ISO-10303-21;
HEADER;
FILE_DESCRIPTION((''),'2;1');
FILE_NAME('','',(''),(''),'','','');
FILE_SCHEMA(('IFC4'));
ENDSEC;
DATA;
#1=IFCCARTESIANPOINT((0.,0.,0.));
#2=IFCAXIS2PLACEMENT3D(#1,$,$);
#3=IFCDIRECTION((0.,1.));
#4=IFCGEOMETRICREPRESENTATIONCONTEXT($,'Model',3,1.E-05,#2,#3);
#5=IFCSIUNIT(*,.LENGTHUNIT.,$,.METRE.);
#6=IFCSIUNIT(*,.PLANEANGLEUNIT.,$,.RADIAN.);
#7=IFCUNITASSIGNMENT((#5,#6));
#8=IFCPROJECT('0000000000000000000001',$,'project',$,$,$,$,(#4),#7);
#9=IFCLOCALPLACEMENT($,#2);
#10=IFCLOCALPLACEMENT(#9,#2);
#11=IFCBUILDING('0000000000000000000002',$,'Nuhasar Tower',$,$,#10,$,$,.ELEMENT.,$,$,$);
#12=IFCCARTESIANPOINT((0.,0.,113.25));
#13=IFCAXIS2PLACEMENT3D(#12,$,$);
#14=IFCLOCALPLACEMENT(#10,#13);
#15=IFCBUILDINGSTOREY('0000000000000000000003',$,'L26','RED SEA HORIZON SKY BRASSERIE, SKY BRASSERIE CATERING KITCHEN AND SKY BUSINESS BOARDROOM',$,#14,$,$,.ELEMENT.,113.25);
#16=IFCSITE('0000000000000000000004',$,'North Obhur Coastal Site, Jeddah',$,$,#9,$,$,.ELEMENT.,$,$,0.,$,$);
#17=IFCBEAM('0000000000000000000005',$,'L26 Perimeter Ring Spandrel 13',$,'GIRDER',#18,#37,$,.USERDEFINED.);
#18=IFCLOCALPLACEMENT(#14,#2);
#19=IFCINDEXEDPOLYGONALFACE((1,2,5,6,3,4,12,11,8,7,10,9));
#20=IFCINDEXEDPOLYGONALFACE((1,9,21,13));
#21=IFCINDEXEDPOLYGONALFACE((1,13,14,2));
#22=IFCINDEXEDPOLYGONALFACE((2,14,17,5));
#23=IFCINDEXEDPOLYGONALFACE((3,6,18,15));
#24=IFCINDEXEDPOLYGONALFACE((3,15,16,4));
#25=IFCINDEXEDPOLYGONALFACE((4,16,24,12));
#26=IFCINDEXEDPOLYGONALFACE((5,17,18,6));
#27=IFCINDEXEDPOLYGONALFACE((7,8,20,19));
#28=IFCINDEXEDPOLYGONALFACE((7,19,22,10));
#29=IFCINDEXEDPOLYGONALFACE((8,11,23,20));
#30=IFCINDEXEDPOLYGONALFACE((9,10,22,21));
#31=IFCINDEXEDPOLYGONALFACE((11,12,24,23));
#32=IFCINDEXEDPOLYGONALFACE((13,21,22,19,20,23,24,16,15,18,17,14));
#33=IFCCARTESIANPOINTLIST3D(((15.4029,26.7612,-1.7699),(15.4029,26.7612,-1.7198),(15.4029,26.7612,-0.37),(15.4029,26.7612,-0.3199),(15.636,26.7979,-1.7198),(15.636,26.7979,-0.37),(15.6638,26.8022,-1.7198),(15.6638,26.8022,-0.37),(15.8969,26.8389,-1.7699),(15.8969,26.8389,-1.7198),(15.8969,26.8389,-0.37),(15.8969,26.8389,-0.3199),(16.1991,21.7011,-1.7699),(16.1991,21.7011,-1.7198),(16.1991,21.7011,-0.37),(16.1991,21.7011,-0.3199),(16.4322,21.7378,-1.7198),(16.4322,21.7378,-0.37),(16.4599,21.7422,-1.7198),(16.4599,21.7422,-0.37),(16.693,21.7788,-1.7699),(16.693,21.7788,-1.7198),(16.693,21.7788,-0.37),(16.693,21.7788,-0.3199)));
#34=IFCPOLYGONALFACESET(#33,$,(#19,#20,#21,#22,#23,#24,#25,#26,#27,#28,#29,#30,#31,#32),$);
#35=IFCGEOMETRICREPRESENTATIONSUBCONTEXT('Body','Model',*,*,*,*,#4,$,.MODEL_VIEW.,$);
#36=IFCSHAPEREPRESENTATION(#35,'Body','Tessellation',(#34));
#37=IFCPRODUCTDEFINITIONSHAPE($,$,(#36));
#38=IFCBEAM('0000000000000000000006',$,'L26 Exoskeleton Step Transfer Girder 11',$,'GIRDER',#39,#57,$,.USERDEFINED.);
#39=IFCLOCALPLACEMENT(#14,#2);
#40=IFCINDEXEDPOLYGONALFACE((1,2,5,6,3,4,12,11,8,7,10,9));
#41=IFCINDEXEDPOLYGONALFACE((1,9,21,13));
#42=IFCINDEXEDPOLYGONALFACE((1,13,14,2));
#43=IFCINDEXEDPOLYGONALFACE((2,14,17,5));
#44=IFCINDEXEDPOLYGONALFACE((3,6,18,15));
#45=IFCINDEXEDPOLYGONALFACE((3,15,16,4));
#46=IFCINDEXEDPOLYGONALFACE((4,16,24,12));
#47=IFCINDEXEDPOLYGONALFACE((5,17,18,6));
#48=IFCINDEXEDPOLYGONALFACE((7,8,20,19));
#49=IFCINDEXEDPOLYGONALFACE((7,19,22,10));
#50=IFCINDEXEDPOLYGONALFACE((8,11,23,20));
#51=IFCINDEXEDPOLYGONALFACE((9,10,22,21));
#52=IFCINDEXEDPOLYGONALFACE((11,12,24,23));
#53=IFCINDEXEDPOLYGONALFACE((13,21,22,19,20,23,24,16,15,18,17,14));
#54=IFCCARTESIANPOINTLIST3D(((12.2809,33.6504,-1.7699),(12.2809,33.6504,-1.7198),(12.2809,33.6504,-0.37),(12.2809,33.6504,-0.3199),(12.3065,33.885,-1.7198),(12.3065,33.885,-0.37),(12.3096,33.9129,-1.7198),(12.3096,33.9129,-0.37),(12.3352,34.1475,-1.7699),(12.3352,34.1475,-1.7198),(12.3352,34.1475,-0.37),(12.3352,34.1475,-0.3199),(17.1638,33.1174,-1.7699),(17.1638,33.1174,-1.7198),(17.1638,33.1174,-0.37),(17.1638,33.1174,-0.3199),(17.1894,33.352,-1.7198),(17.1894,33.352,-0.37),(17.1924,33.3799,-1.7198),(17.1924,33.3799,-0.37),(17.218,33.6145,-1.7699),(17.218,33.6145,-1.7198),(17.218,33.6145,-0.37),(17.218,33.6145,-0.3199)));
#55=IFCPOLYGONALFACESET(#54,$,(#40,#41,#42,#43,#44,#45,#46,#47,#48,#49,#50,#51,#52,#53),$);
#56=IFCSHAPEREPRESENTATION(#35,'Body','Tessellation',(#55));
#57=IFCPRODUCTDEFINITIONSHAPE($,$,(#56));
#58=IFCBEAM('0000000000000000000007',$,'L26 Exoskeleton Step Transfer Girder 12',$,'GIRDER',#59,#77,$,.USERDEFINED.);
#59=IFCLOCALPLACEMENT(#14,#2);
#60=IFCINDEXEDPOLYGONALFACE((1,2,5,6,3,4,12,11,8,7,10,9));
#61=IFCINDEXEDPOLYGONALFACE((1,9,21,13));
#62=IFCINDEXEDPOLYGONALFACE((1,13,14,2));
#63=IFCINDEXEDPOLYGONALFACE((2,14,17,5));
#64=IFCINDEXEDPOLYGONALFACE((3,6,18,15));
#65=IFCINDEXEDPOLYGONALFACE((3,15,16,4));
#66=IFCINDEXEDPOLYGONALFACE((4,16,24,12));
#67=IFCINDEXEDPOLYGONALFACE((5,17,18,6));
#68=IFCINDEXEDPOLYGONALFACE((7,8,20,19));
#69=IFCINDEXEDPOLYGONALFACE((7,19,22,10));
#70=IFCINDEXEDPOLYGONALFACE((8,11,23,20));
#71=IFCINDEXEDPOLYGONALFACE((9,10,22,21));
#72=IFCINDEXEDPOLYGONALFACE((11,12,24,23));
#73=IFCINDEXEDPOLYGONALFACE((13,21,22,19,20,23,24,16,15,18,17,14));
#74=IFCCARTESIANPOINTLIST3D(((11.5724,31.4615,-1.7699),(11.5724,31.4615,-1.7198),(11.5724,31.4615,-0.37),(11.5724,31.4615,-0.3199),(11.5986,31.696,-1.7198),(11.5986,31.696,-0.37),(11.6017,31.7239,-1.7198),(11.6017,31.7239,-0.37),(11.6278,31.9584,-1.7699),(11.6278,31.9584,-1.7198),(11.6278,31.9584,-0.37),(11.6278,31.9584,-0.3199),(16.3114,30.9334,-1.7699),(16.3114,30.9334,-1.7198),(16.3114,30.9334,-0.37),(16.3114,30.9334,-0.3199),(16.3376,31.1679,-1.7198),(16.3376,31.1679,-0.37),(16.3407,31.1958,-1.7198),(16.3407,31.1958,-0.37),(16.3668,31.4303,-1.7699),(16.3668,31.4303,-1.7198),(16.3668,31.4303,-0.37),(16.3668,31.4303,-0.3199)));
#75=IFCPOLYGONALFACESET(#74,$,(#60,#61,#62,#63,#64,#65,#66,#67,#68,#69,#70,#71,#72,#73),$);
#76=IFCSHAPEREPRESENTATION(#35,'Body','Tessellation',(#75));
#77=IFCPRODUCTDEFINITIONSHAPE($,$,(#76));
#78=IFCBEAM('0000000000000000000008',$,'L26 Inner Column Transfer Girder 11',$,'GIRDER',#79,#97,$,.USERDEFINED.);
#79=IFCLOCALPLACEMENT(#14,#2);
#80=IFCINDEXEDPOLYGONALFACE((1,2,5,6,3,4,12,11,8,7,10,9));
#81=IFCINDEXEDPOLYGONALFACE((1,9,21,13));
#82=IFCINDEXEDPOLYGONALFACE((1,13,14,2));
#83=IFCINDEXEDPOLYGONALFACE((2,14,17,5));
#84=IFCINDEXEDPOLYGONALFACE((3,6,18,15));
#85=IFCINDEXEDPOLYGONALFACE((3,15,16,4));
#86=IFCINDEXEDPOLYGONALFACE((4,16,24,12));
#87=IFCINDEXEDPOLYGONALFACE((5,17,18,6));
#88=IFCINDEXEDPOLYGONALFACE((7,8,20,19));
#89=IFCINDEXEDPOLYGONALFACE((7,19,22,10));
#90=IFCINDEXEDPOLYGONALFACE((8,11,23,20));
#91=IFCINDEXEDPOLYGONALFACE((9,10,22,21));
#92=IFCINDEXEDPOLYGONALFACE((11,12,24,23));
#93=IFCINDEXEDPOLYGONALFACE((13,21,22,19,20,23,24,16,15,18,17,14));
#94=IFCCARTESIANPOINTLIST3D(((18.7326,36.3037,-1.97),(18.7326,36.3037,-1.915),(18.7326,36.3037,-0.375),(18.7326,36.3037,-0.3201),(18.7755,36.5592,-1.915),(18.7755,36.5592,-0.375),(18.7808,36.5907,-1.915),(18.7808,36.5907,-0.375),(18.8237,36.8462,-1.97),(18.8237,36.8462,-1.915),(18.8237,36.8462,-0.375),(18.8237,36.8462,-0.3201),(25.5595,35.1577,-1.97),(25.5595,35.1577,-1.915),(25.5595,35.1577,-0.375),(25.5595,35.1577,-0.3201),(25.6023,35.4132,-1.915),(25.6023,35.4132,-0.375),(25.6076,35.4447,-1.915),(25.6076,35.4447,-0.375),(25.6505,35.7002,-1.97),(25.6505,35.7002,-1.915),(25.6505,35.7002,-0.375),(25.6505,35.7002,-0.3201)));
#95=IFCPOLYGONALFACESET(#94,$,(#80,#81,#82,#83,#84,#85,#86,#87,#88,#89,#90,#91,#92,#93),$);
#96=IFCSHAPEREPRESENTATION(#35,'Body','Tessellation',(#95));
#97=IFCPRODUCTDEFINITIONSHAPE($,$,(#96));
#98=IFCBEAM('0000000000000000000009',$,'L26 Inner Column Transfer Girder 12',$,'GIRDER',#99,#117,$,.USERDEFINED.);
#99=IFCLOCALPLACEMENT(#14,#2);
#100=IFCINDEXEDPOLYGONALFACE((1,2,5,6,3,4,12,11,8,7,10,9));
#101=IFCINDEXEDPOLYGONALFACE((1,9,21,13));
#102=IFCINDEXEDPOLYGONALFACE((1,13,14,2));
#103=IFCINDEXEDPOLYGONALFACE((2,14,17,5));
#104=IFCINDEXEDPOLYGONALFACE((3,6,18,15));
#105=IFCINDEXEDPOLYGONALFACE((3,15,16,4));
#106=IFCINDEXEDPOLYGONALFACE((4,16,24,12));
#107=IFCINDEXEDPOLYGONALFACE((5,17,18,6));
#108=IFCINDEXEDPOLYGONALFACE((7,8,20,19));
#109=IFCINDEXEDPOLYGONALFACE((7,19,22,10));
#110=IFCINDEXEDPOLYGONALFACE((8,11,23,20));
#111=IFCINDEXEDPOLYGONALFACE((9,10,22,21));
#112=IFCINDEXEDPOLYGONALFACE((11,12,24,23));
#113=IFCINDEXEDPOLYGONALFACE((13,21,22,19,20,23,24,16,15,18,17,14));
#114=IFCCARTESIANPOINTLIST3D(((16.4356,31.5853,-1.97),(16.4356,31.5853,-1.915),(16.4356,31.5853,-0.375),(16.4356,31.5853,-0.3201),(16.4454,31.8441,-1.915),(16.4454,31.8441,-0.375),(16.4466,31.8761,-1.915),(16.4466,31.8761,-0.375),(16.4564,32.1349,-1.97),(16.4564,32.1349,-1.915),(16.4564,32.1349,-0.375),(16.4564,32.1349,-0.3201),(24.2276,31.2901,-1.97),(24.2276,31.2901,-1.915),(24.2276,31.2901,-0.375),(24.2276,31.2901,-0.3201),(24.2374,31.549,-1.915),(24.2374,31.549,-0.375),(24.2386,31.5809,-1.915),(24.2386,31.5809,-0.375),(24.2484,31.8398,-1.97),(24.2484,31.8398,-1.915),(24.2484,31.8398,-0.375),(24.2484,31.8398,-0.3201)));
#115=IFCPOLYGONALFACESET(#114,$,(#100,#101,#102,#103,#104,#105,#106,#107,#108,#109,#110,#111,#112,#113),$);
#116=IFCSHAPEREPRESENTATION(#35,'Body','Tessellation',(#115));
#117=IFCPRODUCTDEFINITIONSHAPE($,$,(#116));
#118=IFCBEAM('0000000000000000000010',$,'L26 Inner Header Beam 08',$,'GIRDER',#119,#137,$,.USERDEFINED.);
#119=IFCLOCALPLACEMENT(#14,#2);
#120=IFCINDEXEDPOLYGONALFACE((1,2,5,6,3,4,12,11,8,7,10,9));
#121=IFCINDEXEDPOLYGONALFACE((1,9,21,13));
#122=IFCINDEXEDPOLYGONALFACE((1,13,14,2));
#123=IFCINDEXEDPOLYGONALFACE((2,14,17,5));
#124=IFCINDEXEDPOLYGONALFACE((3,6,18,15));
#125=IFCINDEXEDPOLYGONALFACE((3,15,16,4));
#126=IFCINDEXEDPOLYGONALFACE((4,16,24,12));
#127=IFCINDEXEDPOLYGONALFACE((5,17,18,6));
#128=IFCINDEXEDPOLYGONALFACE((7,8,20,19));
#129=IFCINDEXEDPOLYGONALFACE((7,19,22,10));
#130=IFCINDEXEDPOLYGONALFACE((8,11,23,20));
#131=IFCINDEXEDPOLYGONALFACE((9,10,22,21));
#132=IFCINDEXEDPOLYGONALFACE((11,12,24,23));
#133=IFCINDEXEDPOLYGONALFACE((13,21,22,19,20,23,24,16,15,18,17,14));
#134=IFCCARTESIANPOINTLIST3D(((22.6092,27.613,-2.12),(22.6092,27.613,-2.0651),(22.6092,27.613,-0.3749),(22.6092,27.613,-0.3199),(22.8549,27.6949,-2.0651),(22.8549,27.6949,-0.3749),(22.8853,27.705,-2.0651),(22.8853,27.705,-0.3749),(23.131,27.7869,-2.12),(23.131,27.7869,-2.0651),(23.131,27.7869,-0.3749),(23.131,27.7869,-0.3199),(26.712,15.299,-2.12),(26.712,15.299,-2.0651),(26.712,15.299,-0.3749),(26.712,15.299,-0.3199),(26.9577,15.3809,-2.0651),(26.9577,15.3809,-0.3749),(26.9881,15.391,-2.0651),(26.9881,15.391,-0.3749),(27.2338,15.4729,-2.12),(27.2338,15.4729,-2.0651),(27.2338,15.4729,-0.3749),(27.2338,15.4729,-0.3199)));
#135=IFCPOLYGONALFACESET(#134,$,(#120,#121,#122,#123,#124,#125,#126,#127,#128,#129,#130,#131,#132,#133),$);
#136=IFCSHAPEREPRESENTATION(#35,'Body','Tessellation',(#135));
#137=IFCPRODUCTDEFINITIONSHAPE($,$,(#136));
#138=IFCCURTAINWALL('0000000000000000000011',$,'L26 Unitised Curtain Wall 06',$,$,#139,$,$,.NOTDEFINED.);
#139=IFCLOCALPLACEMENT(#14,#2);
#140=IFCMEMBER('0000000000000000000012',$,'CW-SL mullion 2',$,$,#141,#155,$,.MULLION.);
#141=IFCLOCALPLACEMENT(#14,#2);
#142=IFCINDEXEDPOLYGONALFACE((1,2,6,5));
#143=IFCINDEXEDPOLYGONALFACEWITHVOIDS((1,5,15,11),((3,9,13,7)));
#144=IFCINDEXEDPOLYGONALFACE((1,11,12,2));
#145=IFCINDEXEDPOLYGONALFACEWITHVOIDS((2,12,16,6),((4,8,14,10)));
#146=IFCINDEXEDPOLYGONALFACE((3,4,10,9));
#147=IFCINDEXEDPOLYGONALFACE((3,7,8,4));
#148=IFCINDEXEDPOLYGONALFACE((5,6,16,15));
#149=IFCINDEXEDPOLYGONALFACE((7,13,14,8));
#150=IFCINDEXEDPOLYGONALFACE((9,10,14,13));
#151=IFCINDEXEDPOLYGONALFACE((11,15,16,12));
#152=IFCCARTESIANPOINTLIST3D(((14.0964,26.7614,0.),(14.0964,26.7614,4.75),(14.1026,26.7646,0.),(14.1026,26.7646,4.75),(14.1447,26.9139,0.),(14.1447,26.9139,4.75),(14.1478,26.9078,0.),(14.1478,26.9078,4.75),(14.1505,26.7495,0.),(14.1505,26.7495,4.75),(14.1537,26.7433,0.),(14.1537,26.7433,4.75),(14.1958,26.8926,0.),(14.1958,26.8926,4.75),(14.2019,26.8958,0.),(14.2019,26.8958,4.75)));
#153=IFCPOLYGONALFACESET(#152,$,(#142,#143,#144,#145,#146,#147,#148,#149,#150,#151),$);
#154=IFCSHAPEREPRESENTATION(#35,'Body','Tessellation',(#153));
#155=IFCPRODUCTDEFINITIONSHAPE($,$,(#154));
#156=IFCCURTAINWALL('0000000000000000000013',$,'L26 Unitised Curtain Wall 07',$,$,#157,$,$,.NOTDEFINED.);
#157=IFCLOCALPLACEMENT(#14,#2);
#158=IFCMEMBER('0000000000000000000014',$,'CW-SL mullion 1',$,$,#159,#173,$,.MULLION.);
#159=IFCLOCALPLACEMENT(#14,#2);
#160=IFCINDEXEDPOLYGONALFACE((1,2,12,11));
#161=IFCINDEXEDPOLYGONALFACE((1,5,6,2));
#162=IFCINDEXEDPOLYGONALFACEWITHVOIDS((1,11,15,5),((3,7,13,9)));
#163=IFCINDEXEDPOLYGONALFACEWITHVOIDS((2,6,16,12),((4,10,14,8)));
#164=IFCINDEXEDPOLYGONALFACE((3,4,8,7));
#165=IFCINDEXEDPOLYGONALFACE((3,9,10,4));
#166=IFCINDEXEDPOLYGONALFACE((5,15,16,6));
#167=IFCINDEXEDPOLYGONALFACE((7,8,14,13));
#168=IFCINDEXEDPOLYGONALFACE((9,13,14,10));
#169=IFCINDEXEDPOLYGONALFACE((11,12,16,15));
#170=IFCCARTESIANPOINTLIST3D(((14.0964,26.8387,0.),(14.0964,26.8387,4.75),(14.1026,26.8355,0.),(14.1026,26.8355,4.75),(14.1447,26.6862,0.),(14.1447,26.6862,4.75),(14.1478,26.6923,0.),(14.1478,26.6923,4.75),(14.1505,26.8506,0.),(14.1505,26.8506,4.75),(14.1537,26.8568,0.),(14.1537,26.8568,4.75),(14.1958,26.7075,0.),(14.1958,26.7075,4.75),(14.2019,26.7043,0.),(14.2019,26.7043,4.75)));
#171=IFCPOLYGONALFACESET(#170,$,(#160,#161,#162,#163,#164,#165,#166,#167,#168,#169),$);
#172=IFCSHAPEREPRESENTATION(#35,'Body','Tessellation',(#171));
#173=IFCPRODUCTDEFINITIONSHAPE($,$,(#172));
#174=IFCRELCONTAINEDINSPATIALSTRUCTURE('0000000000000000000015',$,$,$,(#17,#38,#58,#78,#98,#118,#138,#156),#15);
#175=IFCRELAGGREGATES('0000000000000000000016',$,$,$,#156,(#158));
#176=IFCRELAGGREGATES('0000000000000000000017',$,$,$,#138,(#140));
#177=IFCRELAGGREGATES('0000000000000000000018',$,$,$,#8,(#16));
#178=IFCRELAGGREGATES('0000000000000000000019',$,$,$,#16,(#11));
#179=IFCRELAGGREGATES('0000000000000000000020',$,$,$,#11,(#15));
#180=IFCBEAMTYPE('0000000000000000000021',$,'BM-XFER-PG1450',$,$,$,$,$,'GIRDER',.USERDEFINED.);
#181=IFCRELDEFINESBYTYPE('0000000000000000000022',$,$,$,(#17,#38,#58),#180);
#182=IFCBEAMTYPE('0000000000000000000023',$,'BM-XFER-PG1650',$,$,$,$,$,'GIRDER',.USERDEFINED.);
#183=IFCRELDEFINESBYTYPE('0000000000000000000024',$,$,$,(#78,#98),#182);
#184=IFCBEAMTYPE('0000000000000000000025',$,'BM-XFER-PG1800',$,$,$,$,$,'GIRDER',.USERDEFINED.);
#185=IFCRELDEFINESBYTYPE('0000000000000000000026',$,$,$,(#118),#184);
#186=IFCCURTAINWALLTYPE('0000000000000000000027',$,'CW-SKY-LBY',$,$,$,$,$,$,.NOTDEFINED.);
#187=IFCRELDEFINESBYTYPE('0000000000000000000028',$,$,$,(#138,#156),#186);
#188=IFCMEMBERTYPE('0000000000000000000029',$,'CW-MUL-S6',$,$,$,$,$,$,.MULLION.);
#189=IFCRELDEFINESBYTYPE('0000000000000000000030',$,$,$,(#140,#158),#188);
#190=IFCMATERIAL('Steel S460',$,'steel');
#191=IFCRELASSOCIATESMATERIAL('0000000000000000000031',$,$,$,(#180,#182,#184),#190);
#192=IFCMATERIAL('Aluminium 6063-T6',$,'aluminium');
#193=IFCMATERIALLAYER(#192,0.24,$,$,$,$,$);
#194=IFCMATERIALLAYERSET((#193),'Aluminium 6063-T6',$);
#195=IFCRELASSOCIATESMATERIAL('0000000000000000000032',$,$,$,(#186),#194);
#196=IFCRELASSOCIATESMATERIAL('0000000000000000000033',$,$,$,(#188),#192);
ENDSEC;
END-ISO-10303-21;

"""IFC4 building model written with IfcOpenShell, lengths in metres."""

from ifc_helpers import new_model, si_unit, direction, frame, origin, origin_2d, place, context, subcontext, project, spatial, hollow_rectangle, i_section, extrude, material, layer, layer_set, material_profile, profile_set, type_object, element, aggregate, save


model = new_model("IFC4")

# Units and contexts
model_context = context("Model", 3, precision=1e-05, world=origin(), true_north=direction((0.0, 1.0)))
body_context = subcontext(model_context, "Body", "Model", "MODEL_VIEW")
ifc_project = project(units=[si_unit("LENGTHUNIT", "METRE"), si_unit("PLANEANGLEUNIT", "RADIAN")], contexts=[model_context])

# Site, building, storey
site_placement = place(None, origin())
site = spatial("IfcSite", under=ifc_project, at=site_placement, Name="North Obhur Coastal Site, Jeddah", CompositionType="ELEMENT", RefElevation=0.0)
building_placement = place(site_placement, origin())
building = spatial("IfcBuilding", under=site, at=building_placement, Name="Nuhasar Tower", CompositionType="ELEMENT")
storey_placement = place(building_placement, frame((0.0, 0.0, 113.25)))
storey = spatial("IfcBuildingStorey", under=building, at=storey_placement, Name="L26", Description="RED SEA HORIZON SKY BRASSERIE, SKY BRASSERIE CATERING KITCHEN AND SKY BUSINESS BOARDROOM", CompositionType="ELEMENT", Elevation=113.25)

# Beams
ifc_material_1 = material(Name="Steel S460", Category="steel")
ifc_material_profile_1 = material_profile(ifc_material_1, i_section(OverallWidth=0.5, OverallDepth=1.45, WebThickness=0.0281, FlangeThickness=0.05, at=origin_2d()), Name="PG1450X500")
ifc_profile_set_1 = profile_set([ifc_material_profile_1], Name="Steel S460")
beam_type_1 = type_object("IfcBeamType", Name="BM-XFER-PG1450", ElementType="GIRDER", PredefinedType="USERDEFINED", material=ifc_profile_set_1)
for number, where, z_axis, x_axis, name in (
    (1, (15.6499, 26.8, -1.0449), (0.155427, -0.987847, 0.0), (0.987847, 0.155427, 0.0), "L26 Perimeter Ring Spandrel 13"),
):
    element("IfcBeam", number, at=place(storey_placement, frame(where, z_axis=z_axis, x_axis=x_axis)), inside=storey, type_object=beam_type_1, Name=name, ObjectType="GIRDER", PredefinedType="USERDEFINED", context=body_context, shape_type="SweptSolid", body=[
        extrude(i_section(OverallWidth=0.5, OverallDepth=1.45, WebThickness=0.0281, FlangeThickness=0.05, at=origin_2d()), origin(), (0.0, 0.0, 1.0), 5.1223),
    ])
beam_1_placement = place(storey_placement, frame((17.1909, 33.366, -1.0449), z_axis=(-0.994096, 0.108506, 0.0), x_axis=(-0.108506, -0.994096, 0.0)))
element("IfcBeam", 2, at=beam_1_placement, inside=storey, type_object=beam_type_1, Name="L26 Exoskeleton Step Transfer Girder 11", ObjectType="GIRDER", PredefinedType="USERDEFINED", context=body_context, shape_type="SweptSolid", body=[
    extrude(i_section(OverallWidth=0.5, OverallDepth=1.45, WebThickness=0.0281, FlangeThickness=0.05, at=origin_2d()), origin(), (0.0, 0.0, 1.0), 4.9119),
])
beam_2_placement = place(storey_placement, frame((16.3391, 31.1819, -1.0449), z_axis=(-0.993849, 0.110746, 0.0), x_axis=(-0.110746, -0.993849, 0.0)))
element("IfcBeam", 3, at=beam_2_placement, inside=storey, type_object=beam_type_1, Name="L26 Exoskeleton Step Transfer Girder 12", ObjectType="GIRDER", PredefinedType="USERDEFINED", context=body_context, shape_type="SweptSolid", body=[
    extrude(i_section(OverallWidth=0.5, OverallDepth=1.45, WebThickness=0.0281, FlangeThickness=0.05, at=origin_2d()), origin(), (0.0, 0.0, 1.0), 4.7683),
])
ifc_material_profile_2 = material_profile(ifc_material_1, i_section(OverallWidth=0.55, OverallDepth=1.6499, WebThickness=0.032, FlangeThickness=0.0549, at=origin_2d()), Name="PG1650X550")
ifc_profile_set_2 = profile_set([ifc_material_profile_2], Name="Steel S460")
beam_type_2 = type_object("IfcBeamType", Name="BM-XFER-PG1650", ElementType="GIRDER", PredefinedType="USERDEFINED", material=ifc_profile_set_2)
beam_3_placement = place(storey_placement, frame((25.605, 35.429, -1.145), z_axis=(-0.986202, 0.165548, 0.0), x_axis=(-0.165548, -0.986202, 0.0)))
element("IfcBeam", 4, at=beam_3_placement, inside=storey, type_object=beam_type_2, Name="L26 Inner Column Transfer Girder 11", ObjectType="GIRDER", PredefinedType="USERDEFINED", context=body_context, shape_type="SweptSolid", body=[
    extrude(i_section(OverallWidth=0.55, OverallDepth=1.6499, WebThickness=0.032, FlangeThickness=0.0549, at=origin_2d()), origin(), (0.0, 0.0, 1.0), 6.9224),
])
beam_4_placement = place(storey_placement, frame((24.238, 31.5649, -1.145), z_axis=(-0.999283, 0.037854, 0.0), x_axis=(-0.037854, -0.999283, 0.0)))
element("IfcBeam", 5, at=beam_4_placement, inside=storey, type_object=beam_type_2, Name="L26 Inner Column Transfer Girder 12", ObjectType="GIRDER", PredefinedType="USERDEFINED", context=body_context, shape_type="SweptSolid", body=[
    extrude(i_section(OverallWidth=0.55, OverallDepth=1.6499, WebThickness=0.032, FlangeThickness=0.0549, at=origin_2d()), origin(), (0.0, 0.0, 1.0), 7.7976),
])
ifc_material_profile_3 = material_profile(ifc_material_1, i_section(OverallWidth=0.55, OverallDepth=1.8, WebThickness=0.032, FlangeThickness=0.0549, at=origin_2d()), Name="PG1800X550")
ifc_profile_set_3 = profile_set([ifc_material_profile_3], Name="Steel S460")
beam_type_3 = type_object("IfcBeamType", Name="BM-XFER-PG1800", ElementType="GIRDER", PredefinedType="USERDEFINED", material=ifc_profile_set_3)
beam_5_placement = place(storey_placement, frame((22.8701, 27.7, -1.22), z_axis=(0.316098, -0.948727, 0.0), x_axis=(0.948727, 0.316098, 0.0)))
element("IfcBeam", 6, at=beam_5_placement, inside=storey, type_object=beam_type_3, Name="L26 Inner Header Beam 08", ObjectType="GIRDER", PredefinedType="USERDEFINED", context=body_context, shape_type="SweptSolid", body=[
    extrude(i_section(OverallWidth=0.55, OverallDepth=1.8, WebThickness=0.032, FlangeThickness=0.0549, at=origin_2d()), origin(), (0.0, 0.0, 1.0), 12.9795),
])

# Curtain wall, member
ifc_material_2 = material(Name="Aluminium 6063-T6", Category="aluminium")
ifc_layer_1 = layer(ifc_material_2, 0.24)
ifc_layer_set_1 = layer_set([ifc_layer_1], Name="Aluminium 6063-T6")
curtain_wall_type = type_object("IfcCurtainWallType", Name="CW-SKY-LBY", PredefinedType="NOTDEFINED", material=ifc_layer_set_1)
curtain_wall_1_placement = place(storey_placement, origin())
curtain_wall_1 = element("IfcCurtainWall", 7, at=curtain_wall_1_placement, inside=storey, type_object=curtain_wall_type, Name="L26 Unitised Curtain Wall 06", PredefinedType="NOTDEFINED")
ifc_material_profile_4 = material_profile(ifc_material_2, hollow_rectangle(XDim=0.0601, YDim=0.1599, WallThickness=0.0049, at=origin_2d()), Name="CWM-6")
ifc_profile_set_4 = profile_set([ifc_material_profile_4], Name="Aluminium 6063-T6")
member_type_1 = type_object("IfcMemberType", Name="CW-MUL-S6", PredefinedType="MULLION", material=ifc_profile_set_4)
member_1_placement = place(storey_placement, frame((14.1492, 26.8286, 0.0), z_axis=(0.0, 0.0, 1.0), x_axis=(0.953433, -0.301604, 0.0)))
member_1 = element("IfcMember", 8, at=member_1_placement, type_object=member_type_1, Name="CW-SL mullion 2", PredefinedType="MULLION", context=body_context, shape_type="SweptSolid", body=[
    extrude(hollow_rectangle(XDim=0.0601, YDim=0.1599, WallThickness=0.0049, at=origin_2d()), origin(), (0.0, 0.0, 1.0), 4.75),
])

# Curtain wall, member
curtain_wall_2_placement = place(storey_placement, origin())
curtain_wall_2 = element("IfcCurtainWall", 9, at=curtain_wall_2_placement, inside=storey, type_object=curtain_wall_type, Name="L26 Unitised Curtain Wall 07", PredefinedType="NOTDEFINED")
member_2_placement = place(storey_placement, frame((14.1492, 26.7715, 0.0), z_axis=(0.0, 0.0, 1.0), x_axis=(0.953433, 0.301604, 0.0)))
member_2 = element("IfcMember", 10, at=member_2_placement, type_object=member_type_1, Name="CW-SL mullion 1", PredefinedType="MULLION", context=body_context, shape_type="SweptSolid", body=[
    extrude(hollow_rectangle(XDim=0.0601, YDim=0.1599, WallThickness=0.0049, at=origin_2d()), origin(), (0.0, 0.0, 1.0), 4.75),
])
aggregate(curtain_wall_2, [member_2])

aggregate(curtain_wall_1, [member_1])

save(model, "model.ifc")
